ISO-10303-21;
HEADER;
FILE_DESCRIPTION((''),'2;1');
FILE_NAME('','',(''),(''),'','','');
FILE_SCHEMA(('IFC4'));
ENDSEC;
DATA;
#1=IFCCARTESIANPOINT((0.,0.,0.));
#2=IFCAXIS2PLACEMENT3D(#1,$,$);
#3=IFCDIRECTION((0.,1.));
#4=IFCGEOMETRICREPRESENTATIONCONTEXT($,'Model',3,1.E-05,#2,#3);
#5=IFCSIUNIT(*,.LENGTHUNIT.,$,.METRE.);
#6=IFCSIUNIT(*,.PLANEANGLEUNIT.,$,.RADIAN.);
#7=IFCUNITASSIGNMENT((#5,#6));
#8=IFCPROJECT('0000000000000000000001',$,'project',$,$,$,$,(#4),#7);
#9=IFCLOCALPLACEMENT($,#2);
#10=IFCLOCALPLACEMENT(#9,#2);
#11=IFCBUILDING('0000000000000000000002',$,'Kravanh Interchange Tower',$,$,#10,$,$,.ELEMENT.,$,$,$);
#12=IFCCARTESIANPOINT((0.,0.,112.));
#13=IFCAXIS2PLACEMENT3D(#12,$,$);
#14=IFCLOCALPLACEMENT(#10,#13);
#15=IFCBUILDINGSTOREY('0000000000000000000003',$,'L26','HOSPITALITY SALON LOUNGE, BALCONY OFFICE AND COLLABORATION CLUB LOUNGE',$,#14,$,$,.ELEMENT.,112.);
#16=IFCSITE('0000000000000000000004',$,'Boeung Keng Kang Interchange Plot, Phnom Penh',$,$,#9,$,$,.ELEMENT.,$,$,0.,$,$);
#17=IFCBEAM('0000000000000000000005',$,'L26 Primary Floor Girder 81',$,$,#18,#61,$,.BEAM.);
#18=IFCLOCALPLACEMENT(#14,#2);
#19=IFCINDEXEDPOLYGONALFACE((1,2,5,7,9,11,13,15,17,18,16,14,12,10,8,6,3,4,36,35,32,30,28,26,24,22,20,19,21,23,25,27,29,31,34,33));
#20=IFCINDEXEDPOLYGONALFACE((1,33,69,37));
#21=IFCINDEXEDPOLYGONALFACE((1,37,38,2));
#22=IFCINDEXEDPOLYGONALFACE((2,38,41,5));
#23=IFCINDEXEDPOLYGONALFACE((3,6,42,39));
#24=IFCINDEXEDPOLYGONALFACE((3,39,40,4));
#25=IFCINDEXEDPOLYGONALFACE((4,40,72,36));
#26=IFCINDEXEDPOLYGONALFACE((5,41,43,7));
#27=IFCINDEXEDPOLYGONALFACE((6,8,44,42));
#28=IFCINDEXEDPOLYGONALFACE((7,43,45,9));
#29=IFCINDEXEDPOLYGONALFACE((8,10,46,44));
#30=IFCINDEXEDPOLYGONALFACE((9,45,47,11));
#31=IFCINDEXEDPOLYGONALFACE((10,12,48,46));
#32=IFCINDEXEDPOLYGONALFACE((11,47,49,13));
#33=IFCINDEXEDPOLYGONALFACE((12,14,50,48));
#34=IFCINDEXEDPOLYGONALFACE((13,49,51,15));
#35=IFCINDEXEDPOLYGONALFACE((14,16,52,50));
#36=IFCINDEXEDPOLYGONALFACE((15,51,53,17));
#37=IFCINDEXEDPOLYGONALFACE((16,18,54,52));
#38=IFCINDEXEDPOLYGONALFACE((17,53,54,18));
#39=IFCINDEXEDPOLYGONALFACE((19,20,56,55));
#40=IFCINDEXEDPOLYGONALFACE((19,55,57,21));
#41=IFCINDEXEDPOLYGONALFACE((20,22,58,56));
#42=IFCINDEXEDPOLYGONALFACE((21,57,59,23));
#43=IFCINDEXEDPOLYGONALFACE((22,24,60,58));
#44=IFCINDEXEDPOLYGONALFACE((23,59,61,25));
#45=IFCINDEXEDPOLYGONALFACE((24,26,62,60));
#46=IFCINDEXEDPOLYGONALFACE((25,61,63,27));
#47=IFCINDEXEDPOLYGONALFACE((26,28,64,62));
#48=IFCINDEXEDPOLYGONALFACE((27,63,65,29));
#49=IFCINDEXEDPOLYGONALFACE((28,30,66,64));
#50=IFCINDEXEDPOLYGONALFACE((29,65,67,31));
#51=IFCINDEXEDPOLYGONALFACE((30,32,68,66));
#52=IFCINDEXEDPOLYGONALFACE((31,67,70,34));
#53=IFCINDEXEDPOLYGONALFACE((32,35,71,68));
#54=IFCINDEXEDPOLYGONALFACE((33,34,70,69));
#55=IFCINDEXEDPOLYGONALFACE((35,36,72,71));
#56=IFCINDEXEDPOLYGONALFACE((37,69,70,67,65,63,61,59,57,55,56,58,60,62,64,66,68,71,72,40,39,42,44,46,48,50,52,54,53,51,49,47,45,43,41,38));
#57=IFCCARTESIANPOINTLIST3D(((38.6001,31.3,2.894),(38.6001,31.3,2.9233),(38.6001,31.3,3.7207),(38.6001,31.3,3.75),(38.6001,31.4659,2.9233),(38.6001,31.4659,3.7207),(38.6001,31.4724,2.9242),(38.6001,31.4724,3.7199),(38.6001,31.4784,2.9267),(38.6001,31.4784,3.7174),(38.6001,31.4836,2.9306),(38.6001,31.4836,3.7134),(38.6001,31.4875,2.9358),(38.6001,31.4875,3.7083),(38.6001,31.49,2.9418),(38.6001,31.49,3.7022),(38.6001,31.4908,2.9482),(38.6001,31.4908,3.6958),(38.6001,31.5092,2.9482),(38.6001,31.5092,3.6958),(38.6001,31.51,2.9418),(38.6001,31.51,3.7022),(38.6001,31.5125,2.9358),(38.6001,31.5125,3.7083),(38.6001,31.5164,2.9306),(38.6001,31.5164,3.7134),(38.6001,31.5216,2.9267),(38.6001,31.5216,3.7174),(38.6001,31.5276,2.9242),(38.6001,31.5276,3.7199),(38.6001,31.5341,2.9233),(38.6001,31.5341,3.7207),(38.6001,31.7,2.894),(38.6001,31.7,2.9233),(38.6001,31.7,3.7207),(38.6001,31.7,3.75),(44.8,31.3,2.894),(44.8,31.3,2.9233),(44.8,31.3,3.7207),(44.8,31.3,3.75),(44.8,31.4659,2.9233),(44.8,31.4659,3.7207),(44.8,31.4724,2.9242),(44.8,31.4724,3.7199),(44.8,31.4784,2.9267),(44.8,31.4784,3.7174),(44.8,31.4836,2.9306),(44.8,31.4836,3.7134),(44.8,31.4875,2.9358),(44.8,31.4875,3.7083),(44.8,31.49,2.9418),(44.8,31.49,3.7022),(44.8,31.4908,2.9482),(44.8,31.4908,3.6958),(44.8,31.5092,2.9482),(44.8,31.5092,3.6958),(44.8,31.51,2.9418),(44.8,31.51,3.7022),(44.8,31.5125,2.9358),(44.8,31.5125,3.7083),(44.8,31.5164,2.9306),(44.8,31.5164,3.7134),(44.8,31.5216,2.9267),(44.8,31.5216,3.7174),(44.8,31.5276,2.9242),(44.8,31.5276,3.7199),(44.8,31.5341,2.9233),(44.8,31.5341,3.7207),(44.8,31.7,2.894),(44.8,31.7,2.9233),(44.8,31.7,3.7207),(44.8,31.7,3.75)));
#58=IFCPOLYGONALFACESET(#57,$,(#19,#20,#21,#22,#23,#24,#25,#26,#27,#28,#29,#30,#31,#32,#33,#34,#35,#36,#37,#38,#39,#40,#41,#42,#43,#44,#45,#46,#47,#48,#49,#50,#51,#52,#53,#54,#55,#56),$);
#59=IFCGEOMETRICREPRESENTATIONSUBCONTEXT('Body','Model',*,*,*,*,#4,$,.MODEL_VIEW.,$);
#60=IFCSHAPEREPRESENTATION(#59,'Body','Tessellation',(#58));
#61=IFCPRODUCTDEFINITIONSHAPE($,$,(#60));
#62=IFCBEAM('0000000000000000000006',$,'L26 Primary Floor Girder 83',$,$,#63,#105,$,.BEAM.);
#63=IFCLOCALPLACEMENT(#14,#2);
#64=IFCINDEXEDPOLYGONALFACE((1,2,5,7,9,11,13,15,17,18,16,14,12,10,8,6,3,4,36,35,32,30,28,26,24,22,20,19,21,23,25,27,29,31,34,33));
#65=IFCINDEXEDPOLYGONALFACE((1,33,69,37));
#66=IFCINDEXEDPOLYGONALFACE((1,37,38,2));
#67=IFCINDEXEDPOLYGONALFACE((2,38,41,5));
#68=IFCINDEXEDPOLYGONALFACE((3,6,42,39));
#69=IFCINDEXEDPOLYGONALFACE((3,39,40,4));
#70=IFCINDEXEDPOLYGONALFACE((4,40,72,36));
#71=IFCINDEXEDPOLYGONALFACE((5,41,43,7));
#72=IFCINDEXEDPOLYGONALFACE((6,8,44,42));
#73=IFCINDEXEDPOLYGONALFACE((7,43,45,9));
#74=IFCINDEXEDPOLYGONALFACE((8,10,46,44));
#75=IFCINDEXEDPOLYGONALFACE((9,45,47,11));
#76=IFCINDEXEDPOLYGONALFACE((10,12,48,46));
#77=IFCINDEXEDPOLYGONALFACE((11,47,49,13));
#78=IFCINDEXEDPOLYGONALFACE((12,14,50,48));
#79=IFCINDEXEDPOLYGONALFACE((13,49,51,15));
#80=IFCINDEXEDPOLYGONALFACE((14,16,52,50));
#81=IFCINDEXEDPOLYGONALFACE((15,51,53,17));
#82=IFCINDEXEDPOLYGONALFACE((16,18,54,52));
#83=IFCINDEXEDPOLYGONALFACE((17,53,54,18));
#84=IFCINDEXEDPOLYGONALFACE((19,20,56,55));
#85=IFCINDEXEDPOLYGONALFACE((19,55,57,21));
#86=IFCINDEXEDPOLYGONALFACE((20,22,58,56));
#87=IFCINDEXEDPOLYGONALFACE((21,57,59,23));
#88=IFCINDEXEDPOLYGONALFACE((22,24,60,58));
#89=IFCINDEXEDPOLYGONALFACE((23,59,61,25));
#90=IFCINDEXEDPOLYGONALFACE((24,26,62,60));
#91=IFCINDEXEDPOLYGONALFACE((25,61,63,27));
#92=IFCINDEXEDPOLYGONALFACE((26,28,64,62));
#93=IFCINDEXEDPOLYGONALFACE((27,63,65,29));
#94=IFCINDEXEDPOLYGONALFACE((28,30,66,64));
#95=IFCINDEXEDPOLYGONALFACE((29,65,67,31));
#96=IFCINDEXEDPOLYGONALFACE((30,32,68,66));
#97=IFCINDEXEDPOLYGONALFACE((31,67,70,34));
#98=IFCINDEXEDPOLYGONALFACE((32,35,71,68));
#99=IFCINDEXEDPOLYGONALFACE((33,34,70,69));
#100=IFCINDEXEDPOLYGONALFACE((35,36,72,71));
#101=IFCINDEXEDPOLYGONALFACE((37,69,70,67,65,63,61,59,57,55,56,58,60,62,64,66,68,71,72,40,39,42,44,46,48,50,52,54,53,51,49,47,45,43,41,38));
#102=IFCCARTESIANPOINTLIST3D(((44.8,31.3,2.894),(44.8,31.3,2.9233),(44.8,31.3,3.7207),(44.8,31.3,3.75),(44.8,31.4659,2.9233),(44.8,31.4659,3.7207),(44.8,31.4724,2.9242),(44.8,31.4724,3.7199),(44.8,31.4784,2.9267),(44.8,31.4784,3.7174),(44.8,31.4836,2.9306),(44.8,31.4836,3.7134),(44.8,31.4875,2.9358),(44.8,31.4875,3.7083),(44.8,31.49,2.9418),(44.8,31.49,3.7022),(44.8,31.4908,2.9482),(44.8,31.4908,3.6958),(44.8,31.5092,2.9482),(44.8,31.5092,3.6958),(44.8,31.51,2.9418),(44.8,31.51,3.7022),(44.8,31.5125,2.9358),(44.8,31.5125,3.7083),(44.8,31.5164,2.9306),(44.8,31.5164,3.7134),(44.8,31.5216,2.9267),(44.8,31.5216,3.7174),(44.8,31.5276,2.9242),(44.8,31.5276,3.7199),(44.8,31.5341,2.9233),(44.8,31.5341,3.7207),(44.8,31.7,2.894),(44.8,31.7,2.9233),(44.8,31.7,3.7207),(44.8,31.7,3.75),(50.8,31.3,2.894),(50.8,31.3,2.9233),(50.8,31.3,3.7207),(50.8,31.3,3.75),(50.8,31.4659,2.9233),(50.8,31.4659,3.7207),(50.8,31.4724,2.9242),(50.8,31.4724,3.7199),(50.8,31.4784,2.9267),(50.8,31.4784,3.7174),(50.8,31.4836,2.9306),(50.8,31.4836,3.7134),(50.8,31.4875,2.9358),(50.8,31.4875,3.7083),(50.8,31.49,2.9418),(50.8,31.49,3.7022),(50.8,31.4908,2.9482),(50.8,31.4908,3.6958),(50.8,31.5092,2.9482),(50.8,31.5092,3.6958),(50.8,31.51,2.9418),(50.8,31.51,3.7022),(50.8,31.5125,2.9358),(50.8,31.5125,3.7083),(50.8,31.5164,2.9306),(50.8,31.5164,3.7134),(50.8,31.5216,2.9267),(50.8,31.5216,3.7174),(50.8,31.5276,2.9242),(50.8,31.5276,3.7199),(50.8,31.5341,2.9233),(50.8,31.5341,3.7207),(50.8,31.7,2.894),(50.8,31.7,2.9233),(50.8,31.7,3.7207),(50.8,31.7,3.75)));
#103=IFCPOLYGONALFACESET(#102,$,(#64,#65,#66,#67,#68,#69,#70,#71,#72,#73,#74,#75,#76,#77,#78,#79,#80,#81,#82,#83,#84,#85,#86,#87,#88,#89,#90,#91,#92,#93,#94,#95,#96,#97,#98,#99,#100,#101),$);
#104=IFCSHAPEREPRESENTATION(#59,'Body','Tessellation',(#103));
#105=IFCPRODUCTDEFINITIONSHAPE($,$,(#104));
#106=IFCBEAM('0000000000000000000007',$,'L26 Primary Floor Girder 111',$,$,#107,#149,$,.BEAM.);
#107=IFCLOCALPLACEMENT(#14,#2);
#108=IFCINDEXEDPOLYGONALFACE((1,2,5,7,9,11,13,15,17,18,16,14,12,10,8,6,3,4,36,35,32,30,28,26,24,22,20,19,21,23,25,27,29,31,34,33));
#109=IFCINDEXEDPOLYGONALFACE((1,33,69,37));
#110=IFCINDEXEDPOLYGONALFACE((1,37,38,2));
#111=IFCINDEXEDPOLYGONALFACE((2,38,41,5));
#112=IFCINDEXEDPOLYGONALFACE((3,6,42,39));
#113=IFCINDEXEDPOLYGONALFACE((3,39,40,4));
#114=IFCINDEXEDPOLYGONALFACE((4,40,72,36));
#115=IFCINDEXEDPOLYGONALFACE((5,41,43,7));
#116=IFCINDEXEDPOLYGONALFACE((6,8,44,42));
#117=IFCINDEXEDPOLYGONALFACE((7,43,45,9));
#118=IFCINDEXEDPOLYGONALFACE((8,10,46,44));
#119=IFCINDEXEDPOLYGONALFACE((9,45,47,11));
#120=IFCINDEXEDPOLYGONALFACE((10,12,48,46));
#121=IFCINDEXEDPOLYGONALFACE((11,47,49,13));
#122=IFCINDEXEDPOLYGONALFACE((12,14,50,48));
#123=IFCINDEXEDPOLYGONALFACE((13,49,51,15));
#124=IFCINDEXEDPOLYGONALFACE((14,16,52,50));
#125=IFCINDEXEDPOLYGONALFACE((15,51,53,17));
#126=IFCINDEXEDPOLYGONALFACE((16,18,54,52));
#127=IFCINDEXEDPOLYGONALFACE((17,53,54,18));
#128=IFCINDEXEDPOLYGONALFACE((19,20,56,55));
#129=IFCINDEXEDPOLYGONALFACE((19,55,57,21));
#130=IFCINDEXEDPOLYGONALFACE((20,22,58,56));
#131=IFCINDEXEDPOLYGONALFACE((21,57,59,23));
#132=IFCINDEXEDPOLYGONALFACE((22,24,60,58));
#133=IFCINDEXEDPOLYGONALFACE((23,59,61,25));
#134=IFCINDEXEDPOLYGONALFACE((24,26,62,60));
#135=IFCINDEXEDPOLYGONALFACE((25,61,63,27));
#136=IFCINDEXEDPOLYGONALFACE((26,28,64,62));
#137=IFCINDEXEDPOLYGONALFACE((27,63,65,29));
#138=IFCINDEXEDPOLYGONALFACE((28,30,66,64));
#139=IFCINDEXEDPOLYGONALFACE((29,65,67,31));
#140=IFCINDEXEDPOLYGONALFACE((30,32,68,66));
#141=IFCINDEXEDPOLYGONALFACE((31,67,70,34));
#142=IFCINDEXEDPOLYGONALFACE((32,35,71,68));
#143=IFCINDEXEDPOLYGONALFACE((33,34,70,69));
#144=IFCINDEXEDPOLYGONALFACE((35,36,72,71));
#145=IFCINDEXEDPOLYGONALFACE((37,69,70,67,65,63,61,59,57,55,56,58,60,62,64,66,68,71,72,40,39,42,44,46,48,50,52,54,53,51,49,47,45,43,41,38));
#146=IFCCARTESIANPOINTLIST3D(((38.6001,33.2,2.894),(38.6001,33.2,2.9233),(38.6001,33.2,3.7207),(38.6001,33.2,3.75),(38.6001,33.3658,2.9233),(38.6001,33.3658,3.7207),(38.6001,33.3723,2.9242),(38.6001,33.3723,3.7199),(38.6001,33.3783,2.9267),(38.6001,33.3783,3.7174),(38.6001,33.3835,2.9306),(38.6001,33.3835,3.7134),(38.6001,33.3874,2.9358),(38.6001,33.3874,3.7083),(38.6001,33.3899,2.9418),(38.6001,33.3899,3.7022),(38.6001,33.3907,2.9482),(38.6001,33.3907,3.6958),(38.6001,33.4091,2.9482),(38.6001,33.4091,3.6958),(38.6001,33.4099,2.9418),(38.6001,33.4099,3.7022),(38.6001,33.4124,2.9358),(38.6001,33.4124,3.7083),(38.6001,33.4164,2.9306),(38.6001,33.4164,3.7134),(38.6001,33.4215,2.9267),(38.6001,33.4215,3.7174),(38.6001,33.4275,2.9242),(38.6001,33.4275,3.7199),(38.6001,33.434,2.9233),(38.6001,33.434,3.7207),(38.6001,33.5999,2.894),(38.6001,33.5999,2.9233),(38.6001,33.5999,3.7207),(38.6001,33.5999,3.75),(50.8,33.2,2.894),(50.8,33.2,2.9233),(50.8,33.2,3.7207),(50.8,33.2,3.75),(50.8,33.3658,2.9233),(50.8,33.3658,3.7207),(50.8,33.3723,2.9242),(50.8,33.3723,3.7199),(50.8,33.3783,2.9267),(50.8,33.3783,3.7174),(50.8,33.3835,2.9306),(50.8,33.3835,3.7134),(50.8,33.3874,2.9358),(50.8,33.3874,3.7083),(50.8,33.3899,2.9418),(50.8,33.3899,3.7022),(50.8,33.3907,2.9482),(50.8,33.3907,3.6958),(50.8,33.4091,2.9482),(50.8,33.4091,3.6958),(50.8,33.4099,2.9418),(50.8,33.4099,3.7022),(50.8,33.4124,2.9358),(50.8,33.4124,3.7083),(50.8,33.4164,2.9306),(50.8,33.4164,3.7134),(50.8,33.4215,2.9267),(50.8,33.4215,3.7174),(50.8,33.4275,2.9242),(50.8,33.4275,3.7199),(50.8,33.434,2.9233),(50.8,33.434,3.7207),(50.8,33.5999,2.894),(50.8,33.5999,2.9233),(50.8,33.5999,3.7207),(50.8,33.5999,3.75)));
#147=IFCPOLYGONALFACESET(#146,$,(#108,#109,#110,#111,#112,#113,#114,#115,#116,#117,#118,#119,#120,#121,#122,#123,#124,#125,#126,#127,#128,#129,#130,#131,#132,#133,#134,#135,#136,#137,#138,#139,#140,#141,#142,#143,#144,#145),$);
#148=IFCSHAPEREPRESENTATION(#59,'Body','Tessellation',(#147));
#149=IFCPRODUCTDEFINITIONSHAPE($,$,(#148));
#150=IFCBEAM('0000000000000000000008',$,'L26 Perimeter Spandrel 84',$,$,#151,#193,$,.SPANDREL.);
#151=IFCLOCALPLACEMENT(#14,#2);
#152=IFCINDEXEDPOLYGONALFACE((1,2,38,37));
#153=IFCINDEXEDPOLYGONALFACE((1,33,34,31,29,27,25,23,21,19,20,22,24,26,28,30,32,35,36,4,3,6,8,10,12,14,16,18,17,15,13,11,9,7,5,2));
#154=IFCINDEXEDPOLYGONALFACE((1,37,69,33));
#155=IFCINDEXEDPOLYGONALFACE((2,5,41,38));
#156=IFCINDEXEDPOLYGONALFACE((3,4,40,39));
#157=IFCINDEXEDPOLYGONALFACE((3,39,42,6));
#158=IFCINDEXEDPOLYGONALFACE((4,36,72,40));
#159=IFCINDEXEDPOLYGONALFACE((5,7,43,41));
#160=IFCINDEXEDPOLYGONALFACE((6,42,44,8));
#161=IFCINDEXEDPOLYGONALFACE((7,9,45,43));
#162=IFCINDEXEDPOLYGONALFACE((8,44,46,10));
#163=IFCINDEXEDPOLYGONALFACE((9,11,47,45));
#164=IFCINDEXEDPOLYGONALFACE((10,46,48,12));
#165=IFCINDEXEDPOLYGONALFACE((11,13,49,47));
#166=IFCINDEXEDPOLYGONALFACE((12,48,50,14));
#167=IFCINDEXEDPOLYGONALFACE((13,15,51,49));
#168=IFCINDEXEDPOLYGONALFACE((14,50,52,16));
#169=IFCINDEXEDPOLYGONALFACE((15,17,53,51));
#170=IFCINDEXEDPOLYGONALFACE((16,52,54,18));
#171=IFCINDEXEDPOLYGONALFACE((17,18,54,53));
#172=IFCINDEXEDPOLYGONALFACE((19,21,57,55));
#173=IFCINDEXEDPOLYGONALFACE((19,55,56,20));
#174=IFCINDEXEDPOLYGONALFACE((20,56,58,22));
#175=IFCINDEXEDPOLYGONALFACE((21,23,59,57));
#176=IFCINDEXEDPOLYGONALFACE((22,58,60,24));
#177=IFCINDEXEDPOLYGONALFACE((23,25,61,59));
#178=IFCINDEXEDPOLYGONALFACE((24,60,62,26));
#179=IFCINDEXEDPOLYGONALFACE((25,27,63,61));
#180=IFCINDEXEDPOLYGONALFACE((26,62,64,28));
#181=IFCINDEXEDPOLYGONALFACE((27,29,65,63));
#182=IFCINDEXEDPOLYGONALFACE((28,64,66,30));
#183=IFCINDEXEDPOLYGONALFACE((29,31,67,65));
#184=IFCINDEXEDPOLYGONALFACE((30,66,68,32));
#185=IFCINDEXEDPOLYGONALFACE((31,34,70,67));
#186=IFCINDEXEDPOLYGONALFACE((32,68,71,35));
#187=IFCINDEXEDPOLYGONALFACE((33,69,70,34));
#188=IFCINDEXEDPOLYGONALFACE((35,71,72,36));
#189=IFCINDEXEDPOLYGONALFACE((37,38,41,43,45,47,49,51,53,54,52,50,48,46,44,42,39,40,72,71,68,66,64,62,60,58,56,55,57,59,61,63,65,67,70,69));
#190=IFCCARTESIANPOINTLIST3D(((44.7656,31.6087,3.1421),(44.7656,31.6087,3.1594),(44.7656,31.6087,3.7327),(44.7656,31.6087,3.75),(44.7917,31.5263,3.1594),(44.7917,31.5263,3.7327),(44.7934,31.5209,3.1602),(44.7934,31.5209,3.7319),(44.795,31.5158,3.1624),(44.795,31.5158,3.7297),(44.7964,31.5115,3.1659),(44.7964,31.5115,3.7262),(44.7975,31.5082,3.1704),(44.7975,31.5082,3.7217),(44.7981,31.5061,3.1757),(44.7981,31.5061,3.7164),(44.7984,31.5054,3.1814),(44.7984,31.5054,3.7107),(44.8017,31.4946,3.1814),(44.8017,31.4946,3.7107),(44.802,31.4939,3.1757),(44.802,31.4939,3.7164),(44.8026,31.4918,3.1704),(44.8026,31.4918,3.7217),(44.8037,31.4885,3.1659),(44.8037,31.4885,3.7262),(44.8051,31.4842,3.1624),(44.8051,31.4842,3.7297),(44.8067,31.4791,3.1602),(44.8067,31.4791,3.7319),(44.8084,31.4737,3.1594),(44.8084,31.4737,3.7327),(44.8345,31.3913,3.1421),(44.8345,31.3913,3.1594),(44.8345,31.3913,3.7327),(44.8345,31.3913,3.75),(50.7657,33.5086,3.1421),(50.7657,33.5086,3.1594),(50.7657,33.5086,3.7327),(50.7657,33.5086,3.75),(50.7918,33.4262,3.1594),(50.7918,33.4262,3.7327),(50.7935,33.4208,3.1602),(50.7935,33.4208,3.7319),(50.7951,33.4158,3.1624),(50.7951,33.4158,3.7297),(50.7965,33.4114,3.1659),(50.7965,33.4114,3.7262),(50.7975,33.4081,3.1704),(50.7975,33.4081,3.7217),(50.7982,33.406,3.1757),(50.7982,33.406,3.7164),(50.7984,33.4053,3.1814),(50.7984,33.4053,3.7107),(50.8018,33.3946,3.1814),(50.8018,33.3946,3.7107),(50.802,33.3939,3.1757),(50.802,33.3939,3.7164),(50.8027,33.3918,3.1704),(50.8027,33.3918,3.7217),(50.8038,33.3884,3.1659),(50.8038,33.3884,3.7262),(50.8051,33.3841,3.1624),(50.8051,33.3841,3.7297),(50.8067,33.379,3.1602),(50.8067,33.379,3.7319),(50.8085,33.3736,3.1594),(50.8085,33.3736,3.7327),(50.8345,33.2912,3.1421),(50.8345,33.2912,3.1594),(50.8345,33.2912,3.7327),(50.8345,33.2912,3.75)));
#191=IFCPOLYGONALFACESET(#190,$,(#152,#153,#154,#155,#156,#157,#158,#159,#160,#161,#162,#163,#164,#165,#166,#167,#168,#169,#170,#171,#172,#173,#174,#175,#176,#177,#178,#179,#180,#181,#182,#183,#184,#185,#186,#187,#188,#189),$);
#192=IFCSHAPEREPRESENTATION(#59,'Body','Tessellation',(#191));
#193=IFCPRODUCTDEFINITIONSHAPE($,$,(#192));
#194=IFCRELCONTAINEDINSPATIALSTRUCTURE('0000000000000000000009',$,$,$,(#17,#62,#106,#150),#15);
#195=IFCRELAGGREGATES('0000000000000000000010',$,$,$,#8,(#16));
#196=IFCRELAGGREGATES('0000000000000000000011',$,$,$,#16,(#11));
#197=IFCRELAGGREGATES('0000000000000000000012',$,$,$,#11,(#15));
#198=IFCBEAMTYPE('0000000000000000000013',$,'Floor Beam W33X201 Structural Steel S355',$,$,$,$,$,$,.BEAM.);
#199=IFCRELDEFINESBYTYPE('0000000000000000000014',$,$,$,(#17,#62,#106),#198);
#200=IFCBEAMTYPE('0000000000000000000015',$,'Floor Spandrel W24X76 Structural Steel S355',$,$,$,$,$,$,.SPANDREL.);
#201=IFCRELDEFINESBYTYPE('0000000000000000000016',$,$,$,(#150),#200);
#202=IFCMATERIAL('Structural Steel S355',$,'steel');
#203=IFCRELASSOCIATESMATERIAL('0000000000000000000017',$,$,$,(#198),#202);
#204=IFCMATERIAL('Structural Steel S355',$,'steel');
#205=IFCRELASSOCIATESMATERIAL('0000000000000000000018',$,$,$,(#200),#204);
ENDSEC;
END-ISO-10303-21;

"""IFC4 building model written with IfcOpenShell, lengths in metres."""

from ifc_helpers import new_model, si_unit, direction, frame, origin, origin_2d, place, context, subcontext, project, spatial, i_section, extrude, material, material_profile, profile_set, type_object, element, save


model = new_model("IFC4")

# Units and contexts
model_context = context("Model", 3, precision=1e-05, world=origin(), true_north=direction((0.0, 1.0)))
body_context = subcontext(model_context, "Body", "Model", "MODEL_VIEW")
ifc_project = project(units=[si_unit("LENGTHUNIT", "METRE"), si_unit("PLANEANGLEUNIT", "RADIAN")], contexts=[model_context])

# Site, building, storey
site_placement = place(None, origin())
site = spatial("IfcSite", under=ifc_project, at=site_placement, Name="Boeung Keng Kang Interchange Plot, Phnom Penh", CompositionType="ELEMENT", RefElevation=0.0)
building_placement = place(site_placement, origin())
building = spatial("IfcBuilding", under=site, at=building_placement, Name="Kravanh Interchange Tower", CompositionType="ELEMENT")
storey_placement = place(building_placement, frame((0.0, 0.0, 112.0)))
storey = spatial("IfcBuildingStorey", under=building, at=storey_placement, Name="L26", Description="HOSPITALITY SALON LOUNGE, BALCONY OFFICE AND COLLABORATION CLUB LOUNGE", CompositionType="ELEMENT", Elevation=112.0)

# Beams
ifc_material_1 = material(Name="Structural Steel S355", Category="steel")
ifc_material_profile_1 = material_profile(ifc_material_1, i_section(OverallWidth=0.3999, OverallDepth=0.856, WebThickness=0.0183, FlangeThickness=0.0293, FilletRadius=0.0249, at=origin_2d()), Name="W33X201")
ifc_profile_set_1 = profile_set([ifc_material_profile_1], Name="Structural Steel S355")
beam_type_1 = type_object("IfcBeamType", Name="Floor Beam W33X201 Structural Steel S355", PredefinedType="BEAM", material=ifc_profile_set_1)
beam_1_placement = place(storey_placement, frame((38.6001, 31.5, 3.322), z_axis=(1.0, 0.0, 0.0), x_axis=(0.0, 1.0, 0.0)))
element("IfcBeam", 1, at=beam_1_placement, inside=storey, type_object=beam_type_1, Name="L26 Primary Floor Girder 81", PredefinedType="BEAM", context=body_context, shape_type="SweptSolid", body=[
    extrude(i_section(OverallWidth=0.3999, OverallDepth=0.856, WebThickness=0.0183, FlangeThickness=0.0293, FilletRadius=0.0249, at=origin_2d()), origin(), (0.0, 0.0, 1.0), 6.2),
])
beam_2_placement = place(storey_placement, frame((44.8, 31.5, 3.322), z_axis=(1.0, 0.0, 0.0), x_axis=(0.0, 1.0, 0.0)))
element("IfcBeam", 2, at=beam_2_placement, inside=storey, type_object=beam_type_1, Name="L26 Primary Floor Girder 83", PredefinedType="BEAM", context=body_context, shape_type="SweptSolid", body=[
    extrude(i_section(OverallWidth=0.3999, OverallDepth=0.856, WebThickness=0.0183, FlangeThickness=0.0293, FilletRadius=0.0249, at=origin_2d()), origin(), (0.0, 0.0, 1.0), 6.0),
])
beam_3_placement = place(storey_placement, frame((38.6001, 33.3999, 3.322), z_axis=(1.0, 0.0, 0.0), x_axis=(0.0, 1.0, 0.0)))
element("IfcBeam", 3, at=beam_3_placement, inside=storey, type_object=beam_type_1, Name="L26 Primary Floor Girder 111", PredefinedType="BEAM", context=body_context, shape_type="SweptSolid", body=[
    extrude(i_section(OverallWidth=0.3999, OverallDepth=0.856, WebThickness=0.0183, FlangeThickness=0.0293, FilletRadius=0.0249, at=origin_2d()), origin(), (0.0, 0.0, 1.0), 12.2),
])
ifc_material_2 = material(Name="Structural Steel S355", Category="steel")
ifc_material_profile_2 = material_profile(ifc_material_2, i_section(OverallWidth=0.228, OverallDepth=0.6079, WebThickness=0.0112, FlangeThickness=0.0173, FilletRadius=0.022, at=origin_2d()), Name="W24X76")
ifc_profile_set_2 = profile_set([ifc_material_profile_2], Name="Structural Steel S355")
beam_type_2 = type_object("IfcBeamType", Name="Floor Spandrel W24X76 Structural Steel S355", PredefinedType="SPANDREL", material=ifc_profile_set_2)
beam_4_placement = place(storey_placement, frame((44.8, 31.5, 3.446), z_axis=(0.953347, 0.301878, 0.0), x_axis=(-0.301878, 0.953347, 0.0)))
element("IfcBeam", 4, at=beam_4_placement, inside=storey, type_object=beam_type_2, Name="L26 Perimeter Spandrel 84", PredefinedType="SPANDREL", context=body_context, shape_type="SweptSolid", body=[
    extrude(i_section(OverallWidth=0.228, OverallDepth=0.6079, WebThickness=0.0112, FlangeThickness=0.0173, FilletRadius=0.022, at=origin_2d()), origin(), (0.0, 0.0, 1.0), 6.2937),
])

save(model, "model.ifc")
